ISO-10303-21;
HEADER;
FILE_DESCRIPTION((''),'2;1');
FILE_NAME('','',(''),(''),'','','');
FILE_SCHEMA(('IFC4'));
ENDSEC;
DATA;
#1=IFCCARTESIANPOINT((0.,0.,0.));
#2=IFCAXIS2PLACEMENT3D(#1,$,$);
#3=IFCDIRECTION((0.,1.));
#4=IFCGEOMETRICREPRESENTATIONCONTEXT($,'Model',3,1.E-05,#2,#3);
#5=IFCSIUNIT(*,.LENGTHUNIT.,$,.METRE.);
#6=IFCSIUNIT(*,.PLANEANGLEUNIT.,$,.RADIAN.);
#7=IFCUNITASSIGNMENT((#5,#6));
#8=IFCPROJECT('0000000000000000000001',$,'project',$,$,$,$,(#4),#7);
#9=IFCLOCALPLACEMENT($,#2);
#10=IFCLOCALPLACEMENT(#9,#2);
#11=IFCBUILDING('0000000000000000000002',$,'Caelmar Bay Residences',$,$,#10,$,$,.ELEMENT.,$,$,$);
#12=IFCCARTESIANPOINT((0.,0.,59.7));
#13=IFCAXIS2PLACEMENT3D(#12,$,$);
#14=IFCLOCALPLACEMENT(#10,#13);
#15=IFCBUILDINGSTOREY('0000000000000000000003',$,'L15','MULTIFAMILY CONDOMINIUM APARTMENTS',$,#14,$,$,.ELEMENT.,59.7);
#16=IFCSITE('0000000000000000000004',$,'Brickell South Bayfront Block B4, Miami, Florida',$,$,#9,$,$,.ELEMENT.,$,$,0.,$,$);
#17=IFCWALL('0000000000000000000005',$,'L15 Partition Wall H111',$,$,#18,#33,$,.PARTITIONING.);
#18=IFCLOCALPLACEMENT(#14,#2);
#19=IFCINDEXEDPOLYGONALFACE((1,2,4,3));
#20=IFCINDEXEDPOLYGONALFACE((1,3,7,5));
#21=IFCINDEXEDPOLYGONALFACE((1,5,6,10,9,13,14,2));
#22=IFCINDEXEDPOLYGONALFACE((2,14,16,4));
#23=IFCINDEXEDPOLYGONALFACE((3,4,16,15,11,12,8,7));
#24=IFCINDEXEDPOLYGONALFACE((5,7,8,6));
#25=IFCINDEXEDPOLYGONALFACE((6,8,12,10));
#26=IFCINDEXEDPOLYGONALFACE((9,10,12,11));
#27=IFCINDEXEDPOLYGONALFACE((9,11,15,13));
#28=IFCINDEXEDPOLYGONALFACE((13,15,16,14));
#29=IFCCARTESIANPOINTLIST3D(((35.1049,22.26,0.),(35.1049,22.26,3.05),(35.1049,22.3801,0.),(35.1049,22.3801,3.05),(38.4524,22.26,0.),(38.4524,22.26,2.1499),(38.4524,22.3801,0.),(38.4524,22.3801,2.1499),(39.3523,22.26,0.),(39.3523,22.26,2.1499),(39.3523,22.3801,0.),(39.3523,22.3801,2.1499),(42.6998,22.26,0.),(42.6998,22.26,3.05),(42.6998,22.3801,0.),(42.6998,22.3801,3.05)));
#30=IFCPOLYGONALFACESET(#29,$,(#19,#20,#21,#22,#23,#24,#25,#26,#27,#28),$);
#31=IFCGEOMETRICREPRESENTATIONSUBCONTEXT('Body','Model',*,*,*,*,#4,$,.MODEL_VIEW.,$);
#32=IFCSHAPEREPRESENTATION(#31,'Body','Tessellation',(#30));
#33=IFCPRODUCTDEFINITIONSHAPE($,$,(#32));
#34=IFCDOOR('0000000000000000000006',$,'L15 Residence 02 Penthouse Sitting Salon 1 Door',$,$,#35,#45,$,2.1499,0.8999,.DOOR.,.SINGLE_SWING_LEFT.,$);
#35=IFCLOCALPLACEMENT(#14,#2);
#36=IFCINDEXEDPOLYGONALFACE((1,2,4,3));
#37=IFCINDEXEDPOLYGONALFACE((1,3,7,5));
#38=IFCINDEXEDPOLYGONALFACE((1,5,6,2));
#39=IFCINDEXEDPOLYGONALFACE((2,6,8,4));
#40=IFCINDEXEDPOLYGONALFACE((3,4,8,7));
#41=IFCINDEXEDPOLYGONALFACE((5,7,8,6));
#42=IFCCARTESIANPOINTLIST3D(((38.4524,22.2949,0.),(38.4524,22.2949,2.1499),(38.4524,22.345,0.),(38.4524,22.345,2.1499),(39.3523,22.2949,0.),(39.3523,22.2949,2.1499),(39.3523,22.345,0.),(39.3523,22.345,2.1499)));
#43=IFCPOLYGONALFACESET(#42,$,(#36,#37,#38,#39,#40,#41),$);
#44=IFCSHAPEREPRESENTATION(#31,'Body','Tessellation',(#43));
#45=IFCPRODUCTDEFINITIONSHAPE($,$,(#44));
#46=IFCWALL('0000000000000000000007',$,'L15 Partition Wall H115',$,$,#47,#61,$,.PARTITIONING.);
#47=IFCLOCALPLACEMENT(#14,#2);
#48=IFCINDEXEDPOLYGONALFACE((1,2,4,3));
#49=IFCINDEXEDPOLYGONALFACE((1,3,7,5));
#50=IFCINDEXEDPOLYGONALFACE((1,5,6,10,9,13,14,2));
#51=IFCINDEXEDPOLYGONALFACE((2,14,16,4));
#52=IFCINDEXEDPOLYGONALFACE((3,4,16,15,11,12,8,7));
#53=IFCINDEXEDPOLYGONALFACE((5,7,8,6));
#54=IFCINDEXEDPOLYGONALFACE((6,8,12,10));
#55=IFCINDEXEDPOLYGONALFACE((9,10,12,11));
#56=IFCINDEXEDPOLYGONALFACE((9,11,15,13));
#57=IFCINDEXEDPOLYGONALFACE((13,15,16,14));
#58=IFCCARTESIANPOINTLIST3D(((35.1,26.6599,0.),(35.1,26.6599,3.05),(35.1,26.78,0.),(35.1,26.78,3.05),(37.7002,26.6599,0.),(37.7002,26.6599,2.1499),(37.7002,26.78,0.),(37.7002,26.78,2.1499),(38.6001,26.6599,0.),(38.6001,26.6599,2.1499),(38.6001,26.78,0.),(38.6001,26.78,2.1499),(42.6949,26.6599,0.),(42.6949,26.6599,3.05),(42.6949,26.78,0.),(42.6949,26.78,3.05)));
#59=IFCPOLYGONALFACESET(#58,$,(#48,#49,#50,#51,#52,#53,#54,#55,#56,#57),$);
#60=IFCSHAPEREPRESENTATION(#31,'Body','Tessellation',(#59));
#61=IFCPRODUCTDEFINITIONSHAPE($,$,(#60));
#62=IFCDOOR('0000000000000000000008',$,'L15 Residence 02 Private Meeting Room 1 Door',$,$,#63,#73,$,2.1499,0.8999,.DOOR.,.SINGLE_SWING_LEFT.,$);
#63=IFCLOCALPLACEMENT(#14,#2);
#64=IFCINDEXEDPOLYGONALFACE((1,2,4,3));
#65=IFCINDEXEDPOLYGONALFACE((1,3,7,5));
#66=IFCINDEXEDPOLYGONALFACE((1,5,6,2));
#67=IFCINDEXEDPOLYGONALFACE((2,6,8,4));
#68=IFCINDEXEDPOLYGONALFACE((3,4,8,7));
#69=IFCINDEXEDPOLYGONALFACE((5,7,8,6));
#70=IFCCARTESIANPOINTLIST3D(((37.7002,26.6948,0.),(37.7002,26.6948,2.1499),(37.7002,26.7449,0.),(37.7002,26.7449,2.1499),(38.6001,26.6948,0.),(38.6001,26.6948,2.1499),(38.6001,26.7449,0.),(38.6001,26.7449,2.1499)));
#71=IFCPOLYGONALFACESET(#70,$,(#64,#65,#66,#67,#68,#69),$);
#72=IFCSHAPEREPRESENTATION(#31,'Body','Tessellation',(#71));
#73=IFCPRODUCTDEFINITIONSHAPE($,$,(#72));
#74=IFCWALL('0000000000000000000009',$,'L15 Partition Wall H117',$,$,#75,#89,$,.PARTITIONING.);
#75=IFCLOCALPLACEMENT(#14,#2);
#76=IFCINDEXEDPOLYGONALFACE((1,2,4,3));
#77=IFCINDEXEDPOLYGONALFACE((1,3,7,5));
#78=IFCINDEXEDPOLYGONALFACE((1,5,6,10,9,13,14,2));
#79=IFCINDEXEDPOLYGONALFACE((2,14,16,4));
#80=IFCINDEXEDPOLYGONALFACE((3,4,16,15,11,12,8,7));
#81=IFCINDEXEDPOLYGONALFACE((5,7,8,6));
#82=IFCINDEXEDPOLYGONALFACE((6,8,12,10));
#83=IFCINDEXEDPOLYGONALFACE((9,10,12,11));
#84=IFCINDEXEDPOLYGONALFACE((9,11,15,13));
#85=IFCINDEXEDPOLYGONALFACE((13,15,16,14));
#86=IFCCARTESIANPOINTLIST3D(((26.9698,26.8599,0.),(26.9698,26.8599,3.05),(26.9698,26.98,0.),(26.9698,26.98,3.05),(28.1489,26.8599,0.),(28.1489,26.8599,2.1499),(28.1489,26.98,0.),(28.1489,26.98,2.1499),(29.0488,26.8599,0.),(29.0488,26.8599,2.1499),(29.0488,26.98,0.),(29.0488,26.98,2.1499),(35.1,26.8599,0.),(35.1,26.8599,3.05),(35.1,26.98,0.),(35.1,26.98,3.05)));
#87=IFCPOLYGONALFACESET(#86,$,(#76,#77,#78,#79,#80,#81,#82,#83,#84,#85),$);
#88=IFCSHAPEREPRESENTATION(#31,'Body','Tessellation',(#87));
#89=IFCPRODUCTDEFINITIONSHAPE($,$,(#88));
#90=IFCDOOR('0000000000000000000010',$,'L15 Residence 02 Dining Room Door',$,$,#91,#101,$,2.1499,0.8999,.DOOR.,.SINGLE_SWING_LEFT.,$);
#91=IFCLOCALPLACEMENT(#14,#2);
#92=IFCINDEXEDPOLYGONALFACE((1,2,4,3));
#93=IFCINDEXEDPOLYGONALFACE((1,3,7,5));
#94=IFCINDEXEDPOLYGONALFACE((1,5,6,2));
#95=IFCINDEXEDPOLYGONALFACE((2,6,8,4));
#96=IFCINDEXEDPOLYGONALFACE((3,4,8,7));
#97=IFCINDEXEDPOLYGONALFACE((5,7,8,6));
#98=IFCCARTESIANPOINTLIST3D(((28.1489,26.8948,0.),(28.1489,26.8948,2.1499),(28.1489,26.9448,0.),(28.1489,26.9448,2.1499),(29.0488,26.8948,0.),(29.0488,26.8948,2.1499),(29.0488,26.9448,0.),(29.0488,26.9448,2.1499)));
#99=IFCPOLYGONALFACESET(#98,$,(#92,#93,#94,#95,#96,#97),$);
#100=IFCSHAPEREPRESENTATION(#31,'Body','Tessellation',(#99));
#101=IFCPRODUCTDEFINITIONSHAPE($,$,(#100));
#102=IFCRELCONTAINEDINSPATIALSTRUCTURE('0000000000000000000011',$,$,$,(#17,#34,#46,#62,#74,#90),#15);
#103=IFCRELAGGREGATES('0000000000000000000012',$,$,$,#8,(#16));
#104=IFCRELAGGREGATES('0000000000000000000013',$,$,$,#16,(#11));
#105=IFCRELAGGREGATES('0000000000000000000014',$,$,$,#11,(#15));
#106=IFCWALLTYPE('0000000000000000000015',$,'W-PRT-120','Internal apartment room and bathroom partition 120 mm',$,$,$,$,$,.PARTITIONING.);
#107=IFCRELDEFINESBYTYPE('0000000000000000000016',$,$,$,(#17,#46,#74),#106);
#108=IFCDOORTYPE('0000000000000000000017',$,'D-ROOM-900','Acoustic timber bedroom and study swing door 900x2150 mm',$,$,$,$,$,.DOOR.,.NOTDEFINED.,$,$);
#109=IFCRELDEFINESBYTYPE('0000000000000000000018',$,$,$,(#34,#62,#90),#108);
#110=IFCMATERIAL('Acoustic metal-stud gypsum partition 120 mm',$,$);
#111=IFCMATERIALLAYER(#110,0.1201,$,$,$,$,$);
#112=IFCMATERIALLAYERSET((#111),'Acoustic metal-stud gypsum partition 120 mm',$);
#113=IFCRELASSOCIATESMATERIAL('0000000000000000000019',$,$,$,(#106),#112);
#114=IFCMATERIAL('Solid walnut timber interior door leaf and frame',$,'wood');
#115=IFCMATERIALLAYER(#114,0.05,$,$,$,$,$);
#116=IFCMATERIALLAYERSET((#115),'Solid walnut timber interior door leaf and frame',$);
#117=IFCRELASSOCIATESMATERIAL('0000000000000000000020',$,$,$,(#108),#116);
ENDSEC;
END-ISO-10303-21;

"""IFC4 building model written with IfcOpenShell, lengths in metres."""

from ifc_helpers import new_model, si_unit, direction, frame, frame_2d, origin, place, context, subcontext, project, spatial, rectangle, extrude, material, layer, layer_set, type_object, element, fill, save


model = new_model("IFC4")

# Units and contexts
model_context = context("Model", 3, precision=1e-05, world=origin(), true_north=direction((0.0, 1.0)))
body_context = subcontext(model_context, "Body", "Model", "MODEL_VIEW")
ifc_project = project(units=[si_unit("LENGTHUNIT", "METRE"), si_unit("PLANEANGLEUNIT", "RADIAN")], contexts=[model_context])

# Site, building, storey
site_placement = place(None, origin())
site = spatial("IfcSite", under=ifc_project, at=site_placement, Name="Brickell South Bayfront Block B4, Miami, Florida", CompositionType="ELEMENT", RefElevation=0.0)
building_placement = place(site_placement, origin())
building = spatial("IfcBuilding", under=site, at=building_placement, Name="Caelmar Bay Residences", CompositionType="ELEMENT")
storey_placement = place(building_placement, frame((0.0, 0.0, 59.7)))
storey = spatial("IfcBuildingStorey", under=building, at=storey_placement, Name="L15", Description="MULTIFAMILY CONDOMINIUM APARTMENTS", CompositionType="ELEMENT", Elevation=59.7)

# Shared definitions
ifc_material_1 = material(Name="Acoustic metal-stud gypsum partition 120 mm")
ifc_layer_1 = layer(ifc_material_1, 0.1201)
ifc_layer_set_1 = layer_set([ifc_layer_1], Name="Acoustic metal-stud gypsum partition 120 mm")
wall_type = type_object("IfcWallType", Name="W-PRT-120", Description="Internal apartment room and bathroom partition 120 mm", PredefinedType="PARTITIONING", material=ifc_layer_set_1)
ifc_material_2 = material(Name="Solid walnut timber interior door leaf and frame", Category="wood")
ifc_layer_2 = layer(ifc_material_2, 0.05)
ifc_layer_set_2 = layer_set([ifc_layer_2], Name="Solid walnut timber interior door leaf and frame")
door_type_1 = type_object("IfcDoorType", Name="D-ROOM-900", Description="Acoustic timber bedroom and study swing door 900x2150 mm", OperationType="NOTDEFINED", PredefinedType="DOOR", material=ifc_layer_set_2)

# Walls, openings, doors
wall_1_placement = place(storey_placement, frame((35.105, 22.3201, 0.0), z_axis=(0.0, 0.0, 1.0), x_axis=(1.0, 0.0, 0.0)))
wall_1 = element("IfcWall", 1, at=wall_1_placement, inside=storey, type_object=wall_type, Name="L15 Partition Wall H111", PredefinedType="PARTITIONING", context=body_context, shape_type="SweptSolid", body=[
    extrude(rectangle(XDim=7.595, YDim=0.1201, at=frame_2d((3.7974, 0.0))), origin(), (0.0, 0.0, 1.0), 3.05),
])
opening_1_placement = place(wall_1_placement, frame((3.3474, 0.0, 0.0)))
opening_1 = element("IfcOpeningElement", 2, at=opening_1_placement, cuts=wall_1, PredefinedType="OPENING", context=body_context, shape_type="SweptSolid", body=[
    extrude(rectangle(XDim=0.8999, YDim=2.1499, at=frame_2d((0.45, 1.075))), frame((0.0, 0.0701, 0.0), z_axis=(0.0, -1.0, 0.0), x_axis=(1.0, 0.0, 0.0)), (0.0, 0.0, 1.0), 0.1401),
])
door_1_placement = place(opening_1_placement, origin())
door_1 = element("IfcDoor", 3, at=door_1_placement, inside=storey, type_object=door_type_1, Name="L15 Residence 02 Penthouse Sitting Salon 1 Door", OperationType="SINGLE_SWING_LEFT", OverallHeight=2.1499, OverallWidth=0.8999, PredefinedType="DOOR", context=body_context, shape_type="SweptSolid", body=[
    extrude(rectangle(XDim=0.8999, YDim=2.1499, at=frame_2d((0.45, 1.075))), frame((0.0, 0.0249, 0.0), z_axis=(0.0, -1.0, 0.0), x_axis=(1.0, 0.0, 0.0)), (0.0, 0.0, 1.0), 0.05),
])
fill(opening_1, door_1)
wall_2_placement = place(storey_placement, frame((35.1001, 26.72, 0.0), z_axis=(0.0, 0.0, 1.0), x_axis=(1.0, 0.0, 0.0)))
wall_2 = element("IfcWall", 4, at=wall_2_placement, inside=storey, type_object=wall_type, Name="L15 Partition Wall H115", PredefinedType="PARTITIONING", context=body_context, shape_type="SweptSolid", body=[
    extrude(rectangle(XDim=7.595, YDim=0.1201, at=frame_2d((3.7974, 0.0))), origin(), (0.0, 0.0, 1.0), 3.05),
])
opening_2_placement = place(wall_2_placement, frame((2.6001, 0.0, 0.0)))
opening_2 = element("IfcOpeningElement", 5, at=opening_2_placement, cuts=wall_2, PredefinedType="OPENING", context=body_context, shape_type="SweptSolid", body=[
    extrude(rectangle(XDim=0.8999, YDim=2.1499, at=frame_2d((0.45, 1.075))), frame((0.0, 0.0701, 0.0), z_axis=(0.0, -1.0, 0.0), x_axis=(1.0, 0.0, 0.0)), (0.0, 0.0, 1.0), 0.1401),
])
door_2_placement = place(opening_2_placement, origin())
door_2 = element("IfcDoor", 6, at=door_2_placement, inside=storey, type_object=door_type_1, Name="L15 Residence 02 Private Meeting Room 1 Door", OperationType="SINGLE_SWING_LEFT", OverallHeight=2.1499, OverallWidth=0.8999, PredefinedType="DOOR", context=body_context, shape_type="SweptSolid", body=[
    extrude(rectangle(XDim=0.8999, YDim=2.1499, at=frame_2d((0.45, 1.075))), frame((0.0, 0.0249, 0.0), z_axis=(0.0, -1.0, 0.0), x_axis=(1.0, 0.0, 0.0)), (0.0, 0.0, 1.0), 0.05),
])
fill(opening_2, door_2)
wall_3_placement = place(storey_placement, frame((26.97, 26.9199, 0.0), z_axis=(0.0, 0.0, 1.0), x_axis=(1.0, 0.0, 0.0)))
wall_3 = element("IfcWall", 7, at=wall_3_placement, inside=storey, type_object=wall_type, Name="L15 Partition Wall H117", PredefinedType="PARTITIONING", context=body_context, shape_type="SweptSolid", body=[
    extrude(rectangle(XDim=8.1301, YDim=0.1201, at=frame_2d((4.0649, 0.0))), origin(), (0.0, 0.0, 1.0), 3.05),
])
opening_3_placement = place(wall_3_placement, frame((1.179, 0.0, 0.0)))
opening_3 = element("IfcOpeningElement", 8, at=opening_3_placement, cuts=wall_3, PredefinedType="OPENING", context=body_context, shape_type="SweptSolid", body=[
    extrude(rectangle(XDim=0.8999, YDim=2.1499, at=frame_2d((0.45, 1.075))), frame((0.0, 0.0701, 0.0), z_axis=(0.0, -1.0, 0.0), x_axis=(1.0, 0.0, 0.0)), (0.0, 0.0, 1.0), 0.1401),
])
door_3_placement = place(opening_3_placement, origin())
door_3 = element("IfcDoor", 9, at=door_3_placement, inside=storey, type_object=door_type_1, Name="L15 Residence 02 Dining Room Door", OperationType="SINGLE_SWING_LEFT", OverallHeight=2.1499, OverallWidth=0.8999, PredefinedType="DOOR", context=body_context, shape_type="SweptSolid", body=[
    extrude(rectangle(XDim=0.8999, YDim=2.1499, at=frame_2d((0.45, 1.075))), frame((0.0, 0.0249, 0.0), z_axis=(0.0, -1.0, 0.0), x_axis=(1.0, 0.0, 0.0)), (0.0, 0.0, 1.0), 0.05),
])
fill(opening_3, door_3)

save(model, "model.ifc")
